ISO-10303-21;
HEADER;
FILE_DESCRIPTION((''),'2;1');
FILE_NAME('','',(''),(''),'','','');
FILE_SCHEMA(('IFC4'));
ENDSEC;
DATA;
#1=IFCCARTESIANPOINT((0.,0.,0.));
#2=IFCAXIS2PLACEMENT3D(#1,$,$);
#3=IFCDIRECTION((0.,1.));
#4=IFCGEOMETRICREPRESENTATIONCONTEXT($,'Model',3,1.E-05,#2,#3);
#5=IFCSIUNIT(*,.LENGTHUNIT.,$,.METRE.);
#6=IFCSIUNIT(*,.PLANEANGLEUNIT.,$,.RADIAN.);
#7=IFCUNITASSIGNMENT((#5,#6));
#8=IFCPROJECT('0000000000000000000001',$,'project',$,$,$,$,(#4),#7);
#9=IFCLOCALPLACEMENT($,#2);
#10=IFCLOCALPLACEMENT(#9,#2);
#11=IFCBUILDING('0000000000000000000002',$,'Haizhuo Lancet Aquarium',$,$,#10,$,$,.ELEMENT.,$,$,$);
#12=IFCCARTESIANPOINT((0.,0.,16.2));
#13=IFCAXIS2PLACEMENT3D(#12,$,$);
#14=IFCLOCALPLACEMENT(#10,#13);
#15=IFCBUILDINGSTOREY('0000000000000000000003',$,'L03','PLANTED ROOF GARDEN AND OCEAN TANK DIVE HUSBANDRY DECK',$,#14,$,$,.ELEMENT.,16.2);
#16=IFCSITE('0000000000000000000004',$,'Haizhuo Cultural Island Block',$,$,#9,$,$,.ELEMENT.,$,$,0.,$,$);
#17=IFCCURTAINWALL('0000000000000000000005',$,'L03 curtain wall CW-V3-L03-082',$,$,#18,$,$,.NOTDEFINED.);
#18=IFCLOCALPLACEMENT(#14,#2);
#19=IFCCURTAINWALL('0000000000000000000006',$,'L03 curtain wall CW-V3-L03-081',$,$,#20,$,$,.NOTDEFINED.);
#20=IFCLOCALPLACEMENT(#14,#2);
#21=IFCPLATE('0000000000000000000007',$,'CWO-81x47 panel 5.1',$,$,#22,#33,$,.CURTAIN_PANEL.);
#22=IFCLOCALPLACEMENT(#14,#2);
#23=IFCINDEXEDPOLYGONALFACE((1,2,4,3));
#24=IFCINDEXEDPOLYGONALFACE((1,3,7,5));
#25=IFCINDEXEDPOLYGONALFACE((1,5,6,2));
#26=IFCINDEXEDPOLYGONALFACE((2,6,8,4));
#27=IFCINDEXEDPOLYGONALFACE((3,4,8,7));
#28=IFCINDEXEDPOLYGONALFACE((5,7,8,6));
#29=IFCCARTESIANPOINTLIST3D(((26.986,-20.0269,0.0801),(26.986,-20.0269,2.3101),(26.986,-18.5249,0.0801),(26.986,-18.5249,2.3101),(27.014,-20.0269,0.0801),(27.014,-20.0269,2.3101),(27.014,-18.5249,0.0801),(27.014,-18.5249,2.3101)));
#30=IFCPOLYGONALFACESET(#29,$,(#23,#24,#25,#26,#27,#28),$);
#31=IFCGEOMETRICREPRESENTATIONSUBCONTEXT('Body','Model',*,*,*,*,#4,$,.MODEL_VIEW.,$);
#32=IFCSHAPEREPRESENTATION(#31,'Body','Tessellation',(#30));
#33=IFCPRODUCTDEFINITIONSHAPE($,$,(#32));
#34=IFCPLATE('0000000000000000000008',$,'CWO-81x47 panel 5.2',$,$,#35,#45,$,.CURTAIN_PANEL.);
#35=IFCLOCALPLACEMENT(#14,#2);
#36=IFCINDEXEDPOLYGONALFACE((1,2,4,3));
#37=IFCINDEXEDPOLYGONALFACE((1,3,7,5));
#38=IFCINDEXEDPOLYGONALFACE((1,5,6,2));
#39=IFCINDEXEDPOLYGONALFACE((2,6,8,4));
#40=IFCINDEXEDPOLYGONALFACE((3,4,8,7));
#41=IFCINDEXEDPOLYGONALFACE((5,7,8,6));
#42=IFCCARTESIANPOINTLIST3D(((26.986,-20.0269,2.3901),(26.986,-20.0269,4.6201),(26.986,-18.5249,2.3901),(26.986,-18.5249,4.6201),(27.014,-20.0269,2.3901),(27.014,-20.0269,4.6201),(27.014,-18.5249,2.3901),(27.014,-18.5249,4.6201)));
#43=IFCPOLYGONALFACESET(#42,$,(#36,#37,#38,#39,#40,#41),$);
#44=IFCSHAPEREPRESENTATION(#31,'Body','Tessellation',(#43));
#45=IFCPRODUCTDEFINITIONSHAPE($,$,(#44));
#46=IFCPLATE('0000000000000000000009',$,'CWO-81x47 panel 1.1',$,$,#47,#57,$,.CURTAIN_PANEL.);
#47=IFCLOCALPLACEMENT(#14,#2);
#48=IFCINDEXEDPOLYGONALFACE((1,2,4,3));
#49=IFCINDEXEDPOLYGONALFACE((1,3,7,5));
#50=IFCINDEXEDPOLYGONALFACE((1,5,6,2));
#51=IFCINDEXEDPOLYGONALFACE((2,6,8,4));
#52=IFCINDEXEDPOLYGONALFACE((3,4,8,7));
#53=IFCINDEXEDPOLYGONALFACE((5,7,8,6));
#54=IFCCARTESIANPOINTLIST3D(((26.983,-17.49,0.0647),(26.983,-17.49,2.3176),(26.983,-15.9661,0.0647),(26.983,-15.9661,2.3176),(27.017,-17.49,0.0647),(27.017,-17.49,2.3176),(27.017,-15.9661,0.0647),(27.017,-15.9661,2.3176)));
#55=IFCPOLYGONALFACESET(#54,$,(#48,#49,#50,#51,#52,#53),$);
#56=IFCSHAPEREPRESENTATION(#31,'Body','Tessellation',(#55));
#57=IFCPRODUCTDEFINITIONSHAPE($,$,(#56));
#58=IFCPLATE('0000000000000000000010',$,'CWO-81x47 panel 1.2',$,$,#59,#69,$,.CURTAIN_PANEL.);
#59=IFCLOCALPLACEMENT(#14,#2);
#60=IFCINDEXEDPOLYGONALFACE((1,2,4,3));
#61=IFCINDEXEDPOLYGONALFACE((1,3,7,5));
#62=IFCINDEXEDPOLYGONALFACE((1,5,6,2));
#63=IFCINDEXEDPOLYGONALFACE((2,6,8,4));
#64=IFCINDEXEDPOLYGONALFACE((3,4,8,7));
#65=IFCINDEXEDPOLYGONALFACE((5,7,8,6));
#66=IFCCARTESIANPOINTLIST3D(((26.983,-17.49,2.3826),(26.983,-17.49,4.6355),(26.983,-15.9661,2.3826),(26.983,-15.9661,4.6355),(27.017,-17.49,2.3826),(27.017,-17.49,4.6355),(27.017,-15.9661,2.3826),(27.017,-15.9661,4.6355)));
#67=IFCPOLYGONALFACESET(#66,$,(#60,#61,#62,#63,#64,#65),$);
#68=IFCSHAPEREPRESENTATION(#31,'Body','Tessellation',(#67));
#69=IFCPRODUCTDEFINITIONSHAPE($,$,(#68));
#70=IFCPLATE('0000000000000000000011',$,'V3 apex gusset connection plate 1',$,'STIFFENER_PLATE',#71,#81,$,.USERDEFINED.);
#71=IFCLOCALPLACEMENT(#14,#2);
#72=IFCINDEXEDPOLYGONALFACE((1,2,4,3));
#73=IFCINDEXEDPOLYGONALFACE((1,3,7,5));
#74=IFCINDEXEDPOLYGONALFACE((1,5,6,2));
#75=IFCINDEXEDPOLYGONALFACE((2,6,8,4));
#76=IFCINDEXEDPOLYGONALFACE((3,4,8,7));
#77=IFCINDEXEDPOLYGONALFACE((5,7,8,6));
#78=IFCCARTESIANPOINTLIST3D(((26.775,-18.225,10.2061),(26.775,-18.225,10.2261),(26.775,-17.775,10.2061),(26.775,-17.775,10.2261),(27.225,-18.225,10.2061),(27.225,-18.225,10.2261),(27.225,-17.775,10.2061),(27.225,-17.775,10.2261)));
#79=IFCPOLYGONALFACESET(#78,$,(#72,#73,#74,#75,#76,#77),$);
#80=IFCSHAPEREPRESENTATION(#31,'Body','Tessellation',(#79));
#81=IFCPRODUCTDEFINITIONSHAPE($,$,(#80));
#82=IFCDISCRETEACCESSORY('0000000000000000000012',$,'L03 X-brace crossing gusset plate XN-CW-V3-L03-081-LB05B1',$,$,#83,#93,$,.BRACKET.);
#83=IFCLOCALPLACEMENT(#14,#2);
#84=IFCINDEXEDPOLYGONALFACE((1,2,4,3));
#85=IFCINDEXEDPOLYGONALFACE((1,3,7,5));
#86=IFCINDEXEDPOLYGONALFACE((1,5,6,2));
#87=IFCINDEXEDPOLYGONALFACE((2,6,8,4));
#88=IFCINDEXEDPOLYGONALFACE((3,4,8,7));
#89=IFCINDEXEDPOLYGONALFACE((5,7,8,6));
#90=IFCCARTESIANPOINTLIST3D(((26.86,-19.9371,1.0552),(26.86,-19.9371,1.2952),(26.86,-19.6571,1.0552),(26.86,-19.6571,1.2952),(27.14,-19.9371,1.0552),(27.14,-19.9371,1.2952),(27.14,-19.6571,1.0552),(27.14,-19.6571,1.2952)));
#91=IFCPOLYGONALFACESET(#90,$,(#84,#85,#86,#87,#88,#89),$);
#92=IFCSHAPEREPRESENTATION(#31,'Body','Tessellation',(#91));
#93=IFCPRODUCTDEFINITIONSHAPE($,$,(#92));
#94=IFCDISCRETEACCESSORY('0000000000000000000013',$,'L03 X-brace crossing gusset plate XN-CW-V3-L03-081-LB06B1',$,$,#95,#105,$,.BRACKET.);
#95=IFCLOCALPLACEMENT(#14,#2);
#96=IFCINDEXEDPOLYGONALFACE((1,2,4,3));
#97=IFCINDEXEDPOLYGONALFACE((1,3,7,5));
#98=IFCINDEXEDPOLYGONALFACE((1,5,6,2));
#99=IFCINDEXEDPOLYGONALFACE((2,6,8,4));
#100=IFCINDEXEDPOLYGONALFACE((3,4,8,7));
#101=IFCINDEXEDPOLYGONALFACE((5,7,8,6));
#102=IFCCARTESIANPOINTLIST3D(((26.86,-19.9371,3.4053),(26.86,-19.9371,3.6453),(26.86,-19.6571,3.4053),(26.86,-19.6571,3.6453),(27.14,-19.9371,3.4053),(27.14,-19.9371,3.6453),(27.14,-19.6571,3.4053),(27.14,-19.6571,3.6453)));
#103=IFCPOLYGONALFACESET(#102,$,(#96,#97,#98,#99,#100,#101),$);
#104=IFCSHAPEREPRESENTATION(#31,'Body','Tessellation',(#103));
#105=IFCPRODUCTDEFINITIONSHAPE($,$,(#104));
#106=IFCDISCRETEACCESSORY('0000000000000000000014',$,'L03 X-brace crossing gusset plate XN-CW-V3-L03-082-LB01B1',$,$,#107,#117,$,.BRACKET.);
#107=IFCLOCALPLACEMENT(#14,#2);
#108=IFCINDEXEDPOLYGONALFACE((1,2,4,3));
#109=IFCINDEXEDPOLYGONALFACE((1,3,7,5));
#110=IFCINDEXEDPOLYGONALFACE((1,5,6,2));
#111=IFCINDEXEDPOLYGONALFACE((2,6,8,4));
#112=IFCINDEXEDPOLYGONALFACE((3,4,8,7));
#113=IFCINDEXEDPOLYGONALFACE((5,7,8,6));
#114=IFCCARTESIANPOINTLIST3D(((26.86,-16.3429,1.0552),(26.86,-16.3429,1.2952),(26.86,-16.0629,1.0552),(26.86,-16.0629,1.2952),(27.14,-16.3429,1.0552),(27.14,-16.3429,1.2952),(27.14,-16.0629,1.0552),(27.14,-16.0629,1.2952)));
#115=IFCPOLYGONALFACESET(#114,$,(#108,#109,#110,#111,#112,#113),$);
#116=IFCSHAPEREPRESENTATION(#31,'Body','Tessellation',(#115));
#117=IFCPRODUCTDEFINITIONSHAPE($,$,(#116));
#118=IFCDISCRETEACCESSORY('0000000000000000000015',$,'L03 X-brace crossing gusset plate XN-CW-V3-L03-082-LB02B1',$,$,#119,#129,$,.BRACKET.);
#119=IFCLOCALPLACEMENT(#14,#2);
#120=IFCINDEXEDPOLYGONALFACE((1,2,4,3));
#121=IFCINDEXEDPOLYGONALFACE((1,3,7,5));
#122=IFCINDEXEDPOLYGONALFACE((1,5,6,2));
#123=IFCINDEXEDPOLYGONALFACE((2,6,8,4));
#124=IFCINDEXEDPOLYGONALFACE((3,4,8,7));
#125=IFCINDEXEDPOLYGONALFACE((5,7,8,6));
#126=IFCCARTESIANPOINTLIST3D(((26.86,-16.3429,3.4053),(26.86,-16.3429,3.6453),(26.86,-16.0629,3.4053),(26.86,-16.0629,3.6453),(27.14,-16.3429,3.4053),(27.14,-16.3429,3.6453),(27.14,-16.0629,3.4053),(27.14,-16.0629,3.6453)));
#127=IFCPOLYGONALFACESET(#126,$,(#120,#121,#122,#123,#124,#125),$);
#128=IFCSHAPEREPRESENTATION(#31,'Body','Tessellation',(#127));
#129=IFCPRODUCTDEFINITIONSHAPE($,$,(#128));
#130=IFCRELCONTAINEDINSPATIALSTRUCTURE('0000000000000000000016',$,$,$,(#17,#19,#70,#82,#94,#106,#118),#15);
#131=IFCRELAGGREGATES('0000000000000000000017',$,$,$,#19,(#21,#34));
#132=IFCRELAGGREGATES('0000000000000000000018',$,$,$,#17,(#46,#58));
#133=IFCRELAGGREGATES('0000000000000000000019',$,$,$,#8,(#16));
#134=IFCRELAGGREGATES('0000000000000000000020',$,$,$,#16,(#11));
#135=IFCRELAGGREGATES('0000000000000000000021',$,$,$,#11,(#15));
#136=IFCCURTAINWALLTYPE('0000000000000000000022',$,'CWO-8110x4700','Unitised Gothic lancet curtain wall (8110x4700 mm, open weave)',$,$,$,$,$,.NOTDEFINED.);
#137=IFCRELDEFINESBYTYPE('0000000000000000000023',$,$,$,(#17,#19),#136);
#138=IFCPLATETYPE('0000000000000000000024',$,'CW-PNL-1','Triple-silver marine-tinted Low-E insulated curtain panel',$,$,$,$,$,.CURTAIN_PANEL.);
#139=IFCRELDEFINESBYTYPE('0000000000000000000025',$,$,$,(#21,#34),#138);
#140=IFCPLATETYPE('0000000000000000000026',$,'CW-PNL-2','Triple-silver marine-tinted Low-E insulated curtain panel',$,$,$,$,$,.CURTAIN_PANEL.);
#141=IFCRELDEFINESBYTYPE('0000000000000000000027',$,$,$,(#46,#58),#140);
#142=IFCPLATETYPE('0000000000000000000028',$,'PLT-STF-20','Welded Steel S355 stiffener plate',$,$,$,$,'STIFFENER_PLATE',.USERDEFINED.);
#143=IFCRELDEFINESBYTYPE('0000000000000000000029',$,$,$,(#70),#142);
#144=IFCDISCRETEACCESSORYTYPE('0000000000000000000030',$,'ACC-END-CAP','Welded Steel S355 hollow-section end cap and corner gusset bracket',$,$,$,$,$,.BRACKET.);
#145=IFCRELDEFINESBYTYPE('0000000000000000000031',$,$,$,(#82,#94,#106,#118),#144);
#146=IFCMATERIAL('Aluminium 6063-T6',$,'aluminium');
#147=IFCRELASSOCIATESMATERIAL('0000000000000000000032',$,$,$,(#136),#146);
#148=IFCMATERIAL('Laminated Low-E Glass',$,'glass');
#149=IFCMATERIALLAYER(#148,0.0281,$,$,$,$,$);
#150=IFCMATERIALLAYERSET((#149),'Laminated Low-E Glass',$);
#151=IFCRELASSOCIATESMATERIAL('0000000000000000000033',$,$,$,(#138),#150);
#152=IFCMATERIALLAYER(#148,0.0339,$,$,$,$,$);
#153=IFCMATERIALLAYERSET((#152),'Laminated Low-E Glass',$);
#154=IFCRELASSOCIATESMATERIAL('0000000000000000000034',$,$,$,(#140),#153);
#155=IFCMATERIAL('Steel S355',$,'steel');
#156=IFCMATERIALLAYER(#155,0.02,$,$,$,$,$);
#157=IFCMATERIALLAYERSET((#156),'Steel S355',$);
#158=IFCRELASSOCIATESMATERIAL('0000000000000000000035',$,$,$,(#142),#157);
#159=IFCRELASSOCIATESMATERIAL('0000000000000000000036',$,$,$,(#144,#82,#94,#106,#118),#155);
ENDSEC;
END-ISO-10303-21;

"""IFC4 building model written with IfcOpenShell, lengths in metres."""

from ifc_helpers import new_model, si_unit, direction, frame, origin, origin_2d, place, context, subcontext, project, spatial, rectangle, extrude, material, layer, layer_set, type_object, element, aggregate, save


model = new_model("IFC4")

# Units and contexts
model_context = context("Model", 3, precision=1e-05, world=origin(), true_north=direction((0.0, 1.0)))
body_context = subcontext(model_context, "Body", "Model", "MODEL_VIEW")
ifc_project = project(units=[si_unit("LENGTHUNIT", "METRE"), si_unit("PLANEANGLEUNIT", "RADIAN")], contexts=[model_context])

# Site, building, storey
site_placement = place(None, origin())
site = spatial("IfcSite", under=ifc_project, at=site_placement, Name="Haizhuo Cultural Island Block", CompositionType="ELEMENT", RefElevation=0.0)
building_placement = place(site_placement, origin())
building = spatial("IfcBuilding", under=site, at=building_placement, Name="Haizhuo Lancet Aquarium", CompositionType="ELEMENT")
storey_placement = place(building_placement, frame((0.0, 0.0, 16.2)))
storey = spatial("IfcBuildingStorey", under=building, at=storey_placement, Name="L03", Description="PLANTED ROOF GARDEN AND OCEAN TANK DIVE HUSBANDRY DECK", CompositionType="ELEMENT", Elevation=16.2)

# Curtain walls
ifc_material_1 = material(Name="Aluminium 6063-T6", Category="aluminium")
curtain_wall_type = type_object("IfcCurtainWallType", Name="CWO-8110x4700", Description="Unitised Gothic lancet curtain wall (8110x4700 mm, open weave)", PredefinedType="NOTDEFINED", material=ifc_material_1)
curtain_wall_1_placement = place(storey_placement, origin())
curtain_wall_1 = element("IfcCurtainWall", 1, at=curtain_wall_1_placement, inside=storey, type_object=curtain_wall_type, Name="L03 curtain wall CW-V3-L03-082", PredefinedType="NOTDEFINED")
curtain_wall_2_placement = place(storey_placement, origin())
curtain_wall_2 = element("IfcCurtainWall", 2, at=curtain_wall_2_placement, inside=storey, type_object=curtain_wall_type, Name="L03 curtain wall CW-V3-L03-081", PredefinedType="NOTDEFINED")

# Shared definitions
ifc_material_2 = material(Name="Steel S355", Category="steel")

# Plates
ifc_material_3 = material(Name="Laminated Low-E Glass", Category="glass")
ifc_layer_1 = layer(ifc_material_3, 0.0281)
ifc_layer_set_1 = layer_set([ifc_layer_1], Name="Laminated Low-E Glass")
plate_type_1 = type_object("IfcPlateType", Name="CW-PNL-1", Description="Triple-silver marine-tinted Low-E insulated curtain panel", PredefinedType="CURTAIN_PANEL", material=ifc_layer_set_1)
plate_1_placement = place(storey_placement, frame((27.0, -19.2759, 0.0801), z_axis=(0.0, 0.0, 1.0), x_axis=(0.0, 1.0, 0.0)))
plate_1 = element("IfcPlate", 3, at=plate_1_placement, type_object=plate_type_1, Name="CWO-81x47 panel 5.1", PredefinedType="CURTAIN_PANEL", context=body_context, shape_type="SweptSolid", body=[
    extrude(rectangle(XDim=1.502, YDim=0.0281, at=origin_2d()), origin(), (0.0, 0.0, 1.0), 2.23),
])
plate_2_placement = place(storey_placement, frame((27.0, -19.2759, 2.3901), z_axis=(0.0, 0.0, 1.0), x_axis=(0.0, 1.0, 0.0)))
plate_2 = element("IfcPlate", 4, at=plate_2_placement, type_object=plate_type_1, Name="CWO-81x47 panel 5.2", PredefinedType="CURTAIN_PANEL", context=body_context, shape_type="SweptSolid", body=[
    extrude(rectangle(XDim=1.502, YDim=0.0281, at=origin_2d()), origin(), (0.0, 0.0, 1.0), 2.23),
])
aggregate(curtain_wall_2, [plate_1, plate_2])
ifc_layer_2 = layer(ifc_material_3, 0.0339)
ifc_layer_set_2 = layer_set([ifc_layer_2], Name="Laminated Low-E Glass")
plate_type_2 = type_object("IfcPlateType", Name="CW-PNL-2", Description="Triple-silver marine-tinted Low-E insulated curtain panel", PredefinedType="CURTAIN_PANEL", material=ifc_layer_set_2)
plate_3_placement = place(storey_placement, frame((27.0, -16.728, 0.0647), z_axis=(0.0, 0.0, 1.0), x_axis=(0.0, 1.0, 0.0)))
plate_3 = element("IfcPlate", 5, at=plate_3_placement, type_object=plate_type_2, Name="CWO-81x47 panel 1.1", PredefinedType="CURTAIN_PANEL", context=body_context, shape_type="SweptSolid", body=[
    extrude(rectangle(XDim=1.5239, YDim=0.0339, at=origin_2d()), origin(), (0.0, 0.0, 1.0), 2.2529),
])
plate_4_placement = place(storey_placement, frame((27.0, -16.728, 2.3826), z_axis=(0.0, 0.0, 1.0), x_axis=(0.0, 1.0, 0.0)))
plate_4 = element("IfcPlate", 6, at=plate_4_placement, type_object=plate_type_2, Name="CWO-81x47 panel 1.2", PredefinedType="CURTAIN_PANEL", context=body_context, shape_type="SweptSolid", body=[
    extrude(rectangle(XDim=1.5239, YDim=0.0339, at=origin_2d()), origin(), (0.0, 0.0, 1.0), 2.2529),
])
aggregate(curtain_wall_1, [plate_3, plate_4])
ifc_layer_3 = layer(ifc_material_2, 0.02)
ifc_layer_set_3 = layer_set([ifc_layer_3], Name="Steel S355")
plate_type_3 = type_object("IfcPlateType", Name="PLT-STF-20", Description="Welded Steel S355 stiffener plate", ElementType="STIFFENER_PLATE", PredefinedType="USERDEFINED", material=ifc_layer_set_3)
plate_5_placement = place(storey_placement, frame((27.0, -18.0, 10.2061), z_axis=(0.0, 0.0, 1.0), x_axis=(1.0, 0.0, 0.0)))
element("IfcPlate", 7, at=plate_5_placement, inside=storey, type_object=plate_type_3, Name="V3 apex gusset connection plate 1", ObjectType="STIFFENER_PLATE", PredefinedType="USERDEFINED", context=body_context, shape_type="SweptSolid", body=[
    extrude(rectangle(XDim=0.45, YDim=0.45, at=origin_2d()), origin(), (0.0, 0.0, 1.0), 0.02),
])

# Discrete accessories
discrete_accessory_type = type_object("IfcDiscreteAccessoryType", Name="ACC-END-CAP", Description="Welded Steel S355 hollow-section end cap and corner gusset bracket", PredefinedType="BRACKET", material=ifc_material_2)
for number, where, z_axis, x_axis, name in (
    (8, (27.0, -19.7971, 1.0552), (0.0, 0.0, 1.0), (1.0, 0.0, 0.0), "L03 X-brace crossing gusset plate XN-CW-V3-L03-081-LB05B1"),
    (9, (27.0, -19.7971, 3.4053), (0.0, 0.0, 1.0), (1.0, 0.0, 0.0), "L03 X-brace crossing gusset plate XN-CW-V3-L03-081-LB06B1"),
    (10, (27.0, -16.2029, 1.0552), (0.0, 0.0, 1.0), (1.0, 0.0, 0.0), "L03 X-brace crossing gusset plate XN-CW-V3-L03-082-LB01B1"),
    (11, (27.0, -16.2029, 3.4053), (0.0, 0.0, 1.0), (1.0, 0.0, 0.0), "L03 X-brace crossing gusset plate XN-CW-V3-L03-082-LB02B1"),
):
    element("IfcDiscreteAccessory", number, at=place(storey_placement, frame(where, z_axis=z_axis, x_axis=x_axis)), inside=storey, type_object=discrete_accessory_type, material=ifc_material_2, Name=name, PredefinedType="BRACKET", context=body_context, shape_type="SweptSolid", body=[
        extrude(rectangle(XDim=0.28, YDim=0.28, at=origin_2d()), origin(), (0.0, 0.0, 1.0), 0.24),
    ])

save(model, "model.ifc")
